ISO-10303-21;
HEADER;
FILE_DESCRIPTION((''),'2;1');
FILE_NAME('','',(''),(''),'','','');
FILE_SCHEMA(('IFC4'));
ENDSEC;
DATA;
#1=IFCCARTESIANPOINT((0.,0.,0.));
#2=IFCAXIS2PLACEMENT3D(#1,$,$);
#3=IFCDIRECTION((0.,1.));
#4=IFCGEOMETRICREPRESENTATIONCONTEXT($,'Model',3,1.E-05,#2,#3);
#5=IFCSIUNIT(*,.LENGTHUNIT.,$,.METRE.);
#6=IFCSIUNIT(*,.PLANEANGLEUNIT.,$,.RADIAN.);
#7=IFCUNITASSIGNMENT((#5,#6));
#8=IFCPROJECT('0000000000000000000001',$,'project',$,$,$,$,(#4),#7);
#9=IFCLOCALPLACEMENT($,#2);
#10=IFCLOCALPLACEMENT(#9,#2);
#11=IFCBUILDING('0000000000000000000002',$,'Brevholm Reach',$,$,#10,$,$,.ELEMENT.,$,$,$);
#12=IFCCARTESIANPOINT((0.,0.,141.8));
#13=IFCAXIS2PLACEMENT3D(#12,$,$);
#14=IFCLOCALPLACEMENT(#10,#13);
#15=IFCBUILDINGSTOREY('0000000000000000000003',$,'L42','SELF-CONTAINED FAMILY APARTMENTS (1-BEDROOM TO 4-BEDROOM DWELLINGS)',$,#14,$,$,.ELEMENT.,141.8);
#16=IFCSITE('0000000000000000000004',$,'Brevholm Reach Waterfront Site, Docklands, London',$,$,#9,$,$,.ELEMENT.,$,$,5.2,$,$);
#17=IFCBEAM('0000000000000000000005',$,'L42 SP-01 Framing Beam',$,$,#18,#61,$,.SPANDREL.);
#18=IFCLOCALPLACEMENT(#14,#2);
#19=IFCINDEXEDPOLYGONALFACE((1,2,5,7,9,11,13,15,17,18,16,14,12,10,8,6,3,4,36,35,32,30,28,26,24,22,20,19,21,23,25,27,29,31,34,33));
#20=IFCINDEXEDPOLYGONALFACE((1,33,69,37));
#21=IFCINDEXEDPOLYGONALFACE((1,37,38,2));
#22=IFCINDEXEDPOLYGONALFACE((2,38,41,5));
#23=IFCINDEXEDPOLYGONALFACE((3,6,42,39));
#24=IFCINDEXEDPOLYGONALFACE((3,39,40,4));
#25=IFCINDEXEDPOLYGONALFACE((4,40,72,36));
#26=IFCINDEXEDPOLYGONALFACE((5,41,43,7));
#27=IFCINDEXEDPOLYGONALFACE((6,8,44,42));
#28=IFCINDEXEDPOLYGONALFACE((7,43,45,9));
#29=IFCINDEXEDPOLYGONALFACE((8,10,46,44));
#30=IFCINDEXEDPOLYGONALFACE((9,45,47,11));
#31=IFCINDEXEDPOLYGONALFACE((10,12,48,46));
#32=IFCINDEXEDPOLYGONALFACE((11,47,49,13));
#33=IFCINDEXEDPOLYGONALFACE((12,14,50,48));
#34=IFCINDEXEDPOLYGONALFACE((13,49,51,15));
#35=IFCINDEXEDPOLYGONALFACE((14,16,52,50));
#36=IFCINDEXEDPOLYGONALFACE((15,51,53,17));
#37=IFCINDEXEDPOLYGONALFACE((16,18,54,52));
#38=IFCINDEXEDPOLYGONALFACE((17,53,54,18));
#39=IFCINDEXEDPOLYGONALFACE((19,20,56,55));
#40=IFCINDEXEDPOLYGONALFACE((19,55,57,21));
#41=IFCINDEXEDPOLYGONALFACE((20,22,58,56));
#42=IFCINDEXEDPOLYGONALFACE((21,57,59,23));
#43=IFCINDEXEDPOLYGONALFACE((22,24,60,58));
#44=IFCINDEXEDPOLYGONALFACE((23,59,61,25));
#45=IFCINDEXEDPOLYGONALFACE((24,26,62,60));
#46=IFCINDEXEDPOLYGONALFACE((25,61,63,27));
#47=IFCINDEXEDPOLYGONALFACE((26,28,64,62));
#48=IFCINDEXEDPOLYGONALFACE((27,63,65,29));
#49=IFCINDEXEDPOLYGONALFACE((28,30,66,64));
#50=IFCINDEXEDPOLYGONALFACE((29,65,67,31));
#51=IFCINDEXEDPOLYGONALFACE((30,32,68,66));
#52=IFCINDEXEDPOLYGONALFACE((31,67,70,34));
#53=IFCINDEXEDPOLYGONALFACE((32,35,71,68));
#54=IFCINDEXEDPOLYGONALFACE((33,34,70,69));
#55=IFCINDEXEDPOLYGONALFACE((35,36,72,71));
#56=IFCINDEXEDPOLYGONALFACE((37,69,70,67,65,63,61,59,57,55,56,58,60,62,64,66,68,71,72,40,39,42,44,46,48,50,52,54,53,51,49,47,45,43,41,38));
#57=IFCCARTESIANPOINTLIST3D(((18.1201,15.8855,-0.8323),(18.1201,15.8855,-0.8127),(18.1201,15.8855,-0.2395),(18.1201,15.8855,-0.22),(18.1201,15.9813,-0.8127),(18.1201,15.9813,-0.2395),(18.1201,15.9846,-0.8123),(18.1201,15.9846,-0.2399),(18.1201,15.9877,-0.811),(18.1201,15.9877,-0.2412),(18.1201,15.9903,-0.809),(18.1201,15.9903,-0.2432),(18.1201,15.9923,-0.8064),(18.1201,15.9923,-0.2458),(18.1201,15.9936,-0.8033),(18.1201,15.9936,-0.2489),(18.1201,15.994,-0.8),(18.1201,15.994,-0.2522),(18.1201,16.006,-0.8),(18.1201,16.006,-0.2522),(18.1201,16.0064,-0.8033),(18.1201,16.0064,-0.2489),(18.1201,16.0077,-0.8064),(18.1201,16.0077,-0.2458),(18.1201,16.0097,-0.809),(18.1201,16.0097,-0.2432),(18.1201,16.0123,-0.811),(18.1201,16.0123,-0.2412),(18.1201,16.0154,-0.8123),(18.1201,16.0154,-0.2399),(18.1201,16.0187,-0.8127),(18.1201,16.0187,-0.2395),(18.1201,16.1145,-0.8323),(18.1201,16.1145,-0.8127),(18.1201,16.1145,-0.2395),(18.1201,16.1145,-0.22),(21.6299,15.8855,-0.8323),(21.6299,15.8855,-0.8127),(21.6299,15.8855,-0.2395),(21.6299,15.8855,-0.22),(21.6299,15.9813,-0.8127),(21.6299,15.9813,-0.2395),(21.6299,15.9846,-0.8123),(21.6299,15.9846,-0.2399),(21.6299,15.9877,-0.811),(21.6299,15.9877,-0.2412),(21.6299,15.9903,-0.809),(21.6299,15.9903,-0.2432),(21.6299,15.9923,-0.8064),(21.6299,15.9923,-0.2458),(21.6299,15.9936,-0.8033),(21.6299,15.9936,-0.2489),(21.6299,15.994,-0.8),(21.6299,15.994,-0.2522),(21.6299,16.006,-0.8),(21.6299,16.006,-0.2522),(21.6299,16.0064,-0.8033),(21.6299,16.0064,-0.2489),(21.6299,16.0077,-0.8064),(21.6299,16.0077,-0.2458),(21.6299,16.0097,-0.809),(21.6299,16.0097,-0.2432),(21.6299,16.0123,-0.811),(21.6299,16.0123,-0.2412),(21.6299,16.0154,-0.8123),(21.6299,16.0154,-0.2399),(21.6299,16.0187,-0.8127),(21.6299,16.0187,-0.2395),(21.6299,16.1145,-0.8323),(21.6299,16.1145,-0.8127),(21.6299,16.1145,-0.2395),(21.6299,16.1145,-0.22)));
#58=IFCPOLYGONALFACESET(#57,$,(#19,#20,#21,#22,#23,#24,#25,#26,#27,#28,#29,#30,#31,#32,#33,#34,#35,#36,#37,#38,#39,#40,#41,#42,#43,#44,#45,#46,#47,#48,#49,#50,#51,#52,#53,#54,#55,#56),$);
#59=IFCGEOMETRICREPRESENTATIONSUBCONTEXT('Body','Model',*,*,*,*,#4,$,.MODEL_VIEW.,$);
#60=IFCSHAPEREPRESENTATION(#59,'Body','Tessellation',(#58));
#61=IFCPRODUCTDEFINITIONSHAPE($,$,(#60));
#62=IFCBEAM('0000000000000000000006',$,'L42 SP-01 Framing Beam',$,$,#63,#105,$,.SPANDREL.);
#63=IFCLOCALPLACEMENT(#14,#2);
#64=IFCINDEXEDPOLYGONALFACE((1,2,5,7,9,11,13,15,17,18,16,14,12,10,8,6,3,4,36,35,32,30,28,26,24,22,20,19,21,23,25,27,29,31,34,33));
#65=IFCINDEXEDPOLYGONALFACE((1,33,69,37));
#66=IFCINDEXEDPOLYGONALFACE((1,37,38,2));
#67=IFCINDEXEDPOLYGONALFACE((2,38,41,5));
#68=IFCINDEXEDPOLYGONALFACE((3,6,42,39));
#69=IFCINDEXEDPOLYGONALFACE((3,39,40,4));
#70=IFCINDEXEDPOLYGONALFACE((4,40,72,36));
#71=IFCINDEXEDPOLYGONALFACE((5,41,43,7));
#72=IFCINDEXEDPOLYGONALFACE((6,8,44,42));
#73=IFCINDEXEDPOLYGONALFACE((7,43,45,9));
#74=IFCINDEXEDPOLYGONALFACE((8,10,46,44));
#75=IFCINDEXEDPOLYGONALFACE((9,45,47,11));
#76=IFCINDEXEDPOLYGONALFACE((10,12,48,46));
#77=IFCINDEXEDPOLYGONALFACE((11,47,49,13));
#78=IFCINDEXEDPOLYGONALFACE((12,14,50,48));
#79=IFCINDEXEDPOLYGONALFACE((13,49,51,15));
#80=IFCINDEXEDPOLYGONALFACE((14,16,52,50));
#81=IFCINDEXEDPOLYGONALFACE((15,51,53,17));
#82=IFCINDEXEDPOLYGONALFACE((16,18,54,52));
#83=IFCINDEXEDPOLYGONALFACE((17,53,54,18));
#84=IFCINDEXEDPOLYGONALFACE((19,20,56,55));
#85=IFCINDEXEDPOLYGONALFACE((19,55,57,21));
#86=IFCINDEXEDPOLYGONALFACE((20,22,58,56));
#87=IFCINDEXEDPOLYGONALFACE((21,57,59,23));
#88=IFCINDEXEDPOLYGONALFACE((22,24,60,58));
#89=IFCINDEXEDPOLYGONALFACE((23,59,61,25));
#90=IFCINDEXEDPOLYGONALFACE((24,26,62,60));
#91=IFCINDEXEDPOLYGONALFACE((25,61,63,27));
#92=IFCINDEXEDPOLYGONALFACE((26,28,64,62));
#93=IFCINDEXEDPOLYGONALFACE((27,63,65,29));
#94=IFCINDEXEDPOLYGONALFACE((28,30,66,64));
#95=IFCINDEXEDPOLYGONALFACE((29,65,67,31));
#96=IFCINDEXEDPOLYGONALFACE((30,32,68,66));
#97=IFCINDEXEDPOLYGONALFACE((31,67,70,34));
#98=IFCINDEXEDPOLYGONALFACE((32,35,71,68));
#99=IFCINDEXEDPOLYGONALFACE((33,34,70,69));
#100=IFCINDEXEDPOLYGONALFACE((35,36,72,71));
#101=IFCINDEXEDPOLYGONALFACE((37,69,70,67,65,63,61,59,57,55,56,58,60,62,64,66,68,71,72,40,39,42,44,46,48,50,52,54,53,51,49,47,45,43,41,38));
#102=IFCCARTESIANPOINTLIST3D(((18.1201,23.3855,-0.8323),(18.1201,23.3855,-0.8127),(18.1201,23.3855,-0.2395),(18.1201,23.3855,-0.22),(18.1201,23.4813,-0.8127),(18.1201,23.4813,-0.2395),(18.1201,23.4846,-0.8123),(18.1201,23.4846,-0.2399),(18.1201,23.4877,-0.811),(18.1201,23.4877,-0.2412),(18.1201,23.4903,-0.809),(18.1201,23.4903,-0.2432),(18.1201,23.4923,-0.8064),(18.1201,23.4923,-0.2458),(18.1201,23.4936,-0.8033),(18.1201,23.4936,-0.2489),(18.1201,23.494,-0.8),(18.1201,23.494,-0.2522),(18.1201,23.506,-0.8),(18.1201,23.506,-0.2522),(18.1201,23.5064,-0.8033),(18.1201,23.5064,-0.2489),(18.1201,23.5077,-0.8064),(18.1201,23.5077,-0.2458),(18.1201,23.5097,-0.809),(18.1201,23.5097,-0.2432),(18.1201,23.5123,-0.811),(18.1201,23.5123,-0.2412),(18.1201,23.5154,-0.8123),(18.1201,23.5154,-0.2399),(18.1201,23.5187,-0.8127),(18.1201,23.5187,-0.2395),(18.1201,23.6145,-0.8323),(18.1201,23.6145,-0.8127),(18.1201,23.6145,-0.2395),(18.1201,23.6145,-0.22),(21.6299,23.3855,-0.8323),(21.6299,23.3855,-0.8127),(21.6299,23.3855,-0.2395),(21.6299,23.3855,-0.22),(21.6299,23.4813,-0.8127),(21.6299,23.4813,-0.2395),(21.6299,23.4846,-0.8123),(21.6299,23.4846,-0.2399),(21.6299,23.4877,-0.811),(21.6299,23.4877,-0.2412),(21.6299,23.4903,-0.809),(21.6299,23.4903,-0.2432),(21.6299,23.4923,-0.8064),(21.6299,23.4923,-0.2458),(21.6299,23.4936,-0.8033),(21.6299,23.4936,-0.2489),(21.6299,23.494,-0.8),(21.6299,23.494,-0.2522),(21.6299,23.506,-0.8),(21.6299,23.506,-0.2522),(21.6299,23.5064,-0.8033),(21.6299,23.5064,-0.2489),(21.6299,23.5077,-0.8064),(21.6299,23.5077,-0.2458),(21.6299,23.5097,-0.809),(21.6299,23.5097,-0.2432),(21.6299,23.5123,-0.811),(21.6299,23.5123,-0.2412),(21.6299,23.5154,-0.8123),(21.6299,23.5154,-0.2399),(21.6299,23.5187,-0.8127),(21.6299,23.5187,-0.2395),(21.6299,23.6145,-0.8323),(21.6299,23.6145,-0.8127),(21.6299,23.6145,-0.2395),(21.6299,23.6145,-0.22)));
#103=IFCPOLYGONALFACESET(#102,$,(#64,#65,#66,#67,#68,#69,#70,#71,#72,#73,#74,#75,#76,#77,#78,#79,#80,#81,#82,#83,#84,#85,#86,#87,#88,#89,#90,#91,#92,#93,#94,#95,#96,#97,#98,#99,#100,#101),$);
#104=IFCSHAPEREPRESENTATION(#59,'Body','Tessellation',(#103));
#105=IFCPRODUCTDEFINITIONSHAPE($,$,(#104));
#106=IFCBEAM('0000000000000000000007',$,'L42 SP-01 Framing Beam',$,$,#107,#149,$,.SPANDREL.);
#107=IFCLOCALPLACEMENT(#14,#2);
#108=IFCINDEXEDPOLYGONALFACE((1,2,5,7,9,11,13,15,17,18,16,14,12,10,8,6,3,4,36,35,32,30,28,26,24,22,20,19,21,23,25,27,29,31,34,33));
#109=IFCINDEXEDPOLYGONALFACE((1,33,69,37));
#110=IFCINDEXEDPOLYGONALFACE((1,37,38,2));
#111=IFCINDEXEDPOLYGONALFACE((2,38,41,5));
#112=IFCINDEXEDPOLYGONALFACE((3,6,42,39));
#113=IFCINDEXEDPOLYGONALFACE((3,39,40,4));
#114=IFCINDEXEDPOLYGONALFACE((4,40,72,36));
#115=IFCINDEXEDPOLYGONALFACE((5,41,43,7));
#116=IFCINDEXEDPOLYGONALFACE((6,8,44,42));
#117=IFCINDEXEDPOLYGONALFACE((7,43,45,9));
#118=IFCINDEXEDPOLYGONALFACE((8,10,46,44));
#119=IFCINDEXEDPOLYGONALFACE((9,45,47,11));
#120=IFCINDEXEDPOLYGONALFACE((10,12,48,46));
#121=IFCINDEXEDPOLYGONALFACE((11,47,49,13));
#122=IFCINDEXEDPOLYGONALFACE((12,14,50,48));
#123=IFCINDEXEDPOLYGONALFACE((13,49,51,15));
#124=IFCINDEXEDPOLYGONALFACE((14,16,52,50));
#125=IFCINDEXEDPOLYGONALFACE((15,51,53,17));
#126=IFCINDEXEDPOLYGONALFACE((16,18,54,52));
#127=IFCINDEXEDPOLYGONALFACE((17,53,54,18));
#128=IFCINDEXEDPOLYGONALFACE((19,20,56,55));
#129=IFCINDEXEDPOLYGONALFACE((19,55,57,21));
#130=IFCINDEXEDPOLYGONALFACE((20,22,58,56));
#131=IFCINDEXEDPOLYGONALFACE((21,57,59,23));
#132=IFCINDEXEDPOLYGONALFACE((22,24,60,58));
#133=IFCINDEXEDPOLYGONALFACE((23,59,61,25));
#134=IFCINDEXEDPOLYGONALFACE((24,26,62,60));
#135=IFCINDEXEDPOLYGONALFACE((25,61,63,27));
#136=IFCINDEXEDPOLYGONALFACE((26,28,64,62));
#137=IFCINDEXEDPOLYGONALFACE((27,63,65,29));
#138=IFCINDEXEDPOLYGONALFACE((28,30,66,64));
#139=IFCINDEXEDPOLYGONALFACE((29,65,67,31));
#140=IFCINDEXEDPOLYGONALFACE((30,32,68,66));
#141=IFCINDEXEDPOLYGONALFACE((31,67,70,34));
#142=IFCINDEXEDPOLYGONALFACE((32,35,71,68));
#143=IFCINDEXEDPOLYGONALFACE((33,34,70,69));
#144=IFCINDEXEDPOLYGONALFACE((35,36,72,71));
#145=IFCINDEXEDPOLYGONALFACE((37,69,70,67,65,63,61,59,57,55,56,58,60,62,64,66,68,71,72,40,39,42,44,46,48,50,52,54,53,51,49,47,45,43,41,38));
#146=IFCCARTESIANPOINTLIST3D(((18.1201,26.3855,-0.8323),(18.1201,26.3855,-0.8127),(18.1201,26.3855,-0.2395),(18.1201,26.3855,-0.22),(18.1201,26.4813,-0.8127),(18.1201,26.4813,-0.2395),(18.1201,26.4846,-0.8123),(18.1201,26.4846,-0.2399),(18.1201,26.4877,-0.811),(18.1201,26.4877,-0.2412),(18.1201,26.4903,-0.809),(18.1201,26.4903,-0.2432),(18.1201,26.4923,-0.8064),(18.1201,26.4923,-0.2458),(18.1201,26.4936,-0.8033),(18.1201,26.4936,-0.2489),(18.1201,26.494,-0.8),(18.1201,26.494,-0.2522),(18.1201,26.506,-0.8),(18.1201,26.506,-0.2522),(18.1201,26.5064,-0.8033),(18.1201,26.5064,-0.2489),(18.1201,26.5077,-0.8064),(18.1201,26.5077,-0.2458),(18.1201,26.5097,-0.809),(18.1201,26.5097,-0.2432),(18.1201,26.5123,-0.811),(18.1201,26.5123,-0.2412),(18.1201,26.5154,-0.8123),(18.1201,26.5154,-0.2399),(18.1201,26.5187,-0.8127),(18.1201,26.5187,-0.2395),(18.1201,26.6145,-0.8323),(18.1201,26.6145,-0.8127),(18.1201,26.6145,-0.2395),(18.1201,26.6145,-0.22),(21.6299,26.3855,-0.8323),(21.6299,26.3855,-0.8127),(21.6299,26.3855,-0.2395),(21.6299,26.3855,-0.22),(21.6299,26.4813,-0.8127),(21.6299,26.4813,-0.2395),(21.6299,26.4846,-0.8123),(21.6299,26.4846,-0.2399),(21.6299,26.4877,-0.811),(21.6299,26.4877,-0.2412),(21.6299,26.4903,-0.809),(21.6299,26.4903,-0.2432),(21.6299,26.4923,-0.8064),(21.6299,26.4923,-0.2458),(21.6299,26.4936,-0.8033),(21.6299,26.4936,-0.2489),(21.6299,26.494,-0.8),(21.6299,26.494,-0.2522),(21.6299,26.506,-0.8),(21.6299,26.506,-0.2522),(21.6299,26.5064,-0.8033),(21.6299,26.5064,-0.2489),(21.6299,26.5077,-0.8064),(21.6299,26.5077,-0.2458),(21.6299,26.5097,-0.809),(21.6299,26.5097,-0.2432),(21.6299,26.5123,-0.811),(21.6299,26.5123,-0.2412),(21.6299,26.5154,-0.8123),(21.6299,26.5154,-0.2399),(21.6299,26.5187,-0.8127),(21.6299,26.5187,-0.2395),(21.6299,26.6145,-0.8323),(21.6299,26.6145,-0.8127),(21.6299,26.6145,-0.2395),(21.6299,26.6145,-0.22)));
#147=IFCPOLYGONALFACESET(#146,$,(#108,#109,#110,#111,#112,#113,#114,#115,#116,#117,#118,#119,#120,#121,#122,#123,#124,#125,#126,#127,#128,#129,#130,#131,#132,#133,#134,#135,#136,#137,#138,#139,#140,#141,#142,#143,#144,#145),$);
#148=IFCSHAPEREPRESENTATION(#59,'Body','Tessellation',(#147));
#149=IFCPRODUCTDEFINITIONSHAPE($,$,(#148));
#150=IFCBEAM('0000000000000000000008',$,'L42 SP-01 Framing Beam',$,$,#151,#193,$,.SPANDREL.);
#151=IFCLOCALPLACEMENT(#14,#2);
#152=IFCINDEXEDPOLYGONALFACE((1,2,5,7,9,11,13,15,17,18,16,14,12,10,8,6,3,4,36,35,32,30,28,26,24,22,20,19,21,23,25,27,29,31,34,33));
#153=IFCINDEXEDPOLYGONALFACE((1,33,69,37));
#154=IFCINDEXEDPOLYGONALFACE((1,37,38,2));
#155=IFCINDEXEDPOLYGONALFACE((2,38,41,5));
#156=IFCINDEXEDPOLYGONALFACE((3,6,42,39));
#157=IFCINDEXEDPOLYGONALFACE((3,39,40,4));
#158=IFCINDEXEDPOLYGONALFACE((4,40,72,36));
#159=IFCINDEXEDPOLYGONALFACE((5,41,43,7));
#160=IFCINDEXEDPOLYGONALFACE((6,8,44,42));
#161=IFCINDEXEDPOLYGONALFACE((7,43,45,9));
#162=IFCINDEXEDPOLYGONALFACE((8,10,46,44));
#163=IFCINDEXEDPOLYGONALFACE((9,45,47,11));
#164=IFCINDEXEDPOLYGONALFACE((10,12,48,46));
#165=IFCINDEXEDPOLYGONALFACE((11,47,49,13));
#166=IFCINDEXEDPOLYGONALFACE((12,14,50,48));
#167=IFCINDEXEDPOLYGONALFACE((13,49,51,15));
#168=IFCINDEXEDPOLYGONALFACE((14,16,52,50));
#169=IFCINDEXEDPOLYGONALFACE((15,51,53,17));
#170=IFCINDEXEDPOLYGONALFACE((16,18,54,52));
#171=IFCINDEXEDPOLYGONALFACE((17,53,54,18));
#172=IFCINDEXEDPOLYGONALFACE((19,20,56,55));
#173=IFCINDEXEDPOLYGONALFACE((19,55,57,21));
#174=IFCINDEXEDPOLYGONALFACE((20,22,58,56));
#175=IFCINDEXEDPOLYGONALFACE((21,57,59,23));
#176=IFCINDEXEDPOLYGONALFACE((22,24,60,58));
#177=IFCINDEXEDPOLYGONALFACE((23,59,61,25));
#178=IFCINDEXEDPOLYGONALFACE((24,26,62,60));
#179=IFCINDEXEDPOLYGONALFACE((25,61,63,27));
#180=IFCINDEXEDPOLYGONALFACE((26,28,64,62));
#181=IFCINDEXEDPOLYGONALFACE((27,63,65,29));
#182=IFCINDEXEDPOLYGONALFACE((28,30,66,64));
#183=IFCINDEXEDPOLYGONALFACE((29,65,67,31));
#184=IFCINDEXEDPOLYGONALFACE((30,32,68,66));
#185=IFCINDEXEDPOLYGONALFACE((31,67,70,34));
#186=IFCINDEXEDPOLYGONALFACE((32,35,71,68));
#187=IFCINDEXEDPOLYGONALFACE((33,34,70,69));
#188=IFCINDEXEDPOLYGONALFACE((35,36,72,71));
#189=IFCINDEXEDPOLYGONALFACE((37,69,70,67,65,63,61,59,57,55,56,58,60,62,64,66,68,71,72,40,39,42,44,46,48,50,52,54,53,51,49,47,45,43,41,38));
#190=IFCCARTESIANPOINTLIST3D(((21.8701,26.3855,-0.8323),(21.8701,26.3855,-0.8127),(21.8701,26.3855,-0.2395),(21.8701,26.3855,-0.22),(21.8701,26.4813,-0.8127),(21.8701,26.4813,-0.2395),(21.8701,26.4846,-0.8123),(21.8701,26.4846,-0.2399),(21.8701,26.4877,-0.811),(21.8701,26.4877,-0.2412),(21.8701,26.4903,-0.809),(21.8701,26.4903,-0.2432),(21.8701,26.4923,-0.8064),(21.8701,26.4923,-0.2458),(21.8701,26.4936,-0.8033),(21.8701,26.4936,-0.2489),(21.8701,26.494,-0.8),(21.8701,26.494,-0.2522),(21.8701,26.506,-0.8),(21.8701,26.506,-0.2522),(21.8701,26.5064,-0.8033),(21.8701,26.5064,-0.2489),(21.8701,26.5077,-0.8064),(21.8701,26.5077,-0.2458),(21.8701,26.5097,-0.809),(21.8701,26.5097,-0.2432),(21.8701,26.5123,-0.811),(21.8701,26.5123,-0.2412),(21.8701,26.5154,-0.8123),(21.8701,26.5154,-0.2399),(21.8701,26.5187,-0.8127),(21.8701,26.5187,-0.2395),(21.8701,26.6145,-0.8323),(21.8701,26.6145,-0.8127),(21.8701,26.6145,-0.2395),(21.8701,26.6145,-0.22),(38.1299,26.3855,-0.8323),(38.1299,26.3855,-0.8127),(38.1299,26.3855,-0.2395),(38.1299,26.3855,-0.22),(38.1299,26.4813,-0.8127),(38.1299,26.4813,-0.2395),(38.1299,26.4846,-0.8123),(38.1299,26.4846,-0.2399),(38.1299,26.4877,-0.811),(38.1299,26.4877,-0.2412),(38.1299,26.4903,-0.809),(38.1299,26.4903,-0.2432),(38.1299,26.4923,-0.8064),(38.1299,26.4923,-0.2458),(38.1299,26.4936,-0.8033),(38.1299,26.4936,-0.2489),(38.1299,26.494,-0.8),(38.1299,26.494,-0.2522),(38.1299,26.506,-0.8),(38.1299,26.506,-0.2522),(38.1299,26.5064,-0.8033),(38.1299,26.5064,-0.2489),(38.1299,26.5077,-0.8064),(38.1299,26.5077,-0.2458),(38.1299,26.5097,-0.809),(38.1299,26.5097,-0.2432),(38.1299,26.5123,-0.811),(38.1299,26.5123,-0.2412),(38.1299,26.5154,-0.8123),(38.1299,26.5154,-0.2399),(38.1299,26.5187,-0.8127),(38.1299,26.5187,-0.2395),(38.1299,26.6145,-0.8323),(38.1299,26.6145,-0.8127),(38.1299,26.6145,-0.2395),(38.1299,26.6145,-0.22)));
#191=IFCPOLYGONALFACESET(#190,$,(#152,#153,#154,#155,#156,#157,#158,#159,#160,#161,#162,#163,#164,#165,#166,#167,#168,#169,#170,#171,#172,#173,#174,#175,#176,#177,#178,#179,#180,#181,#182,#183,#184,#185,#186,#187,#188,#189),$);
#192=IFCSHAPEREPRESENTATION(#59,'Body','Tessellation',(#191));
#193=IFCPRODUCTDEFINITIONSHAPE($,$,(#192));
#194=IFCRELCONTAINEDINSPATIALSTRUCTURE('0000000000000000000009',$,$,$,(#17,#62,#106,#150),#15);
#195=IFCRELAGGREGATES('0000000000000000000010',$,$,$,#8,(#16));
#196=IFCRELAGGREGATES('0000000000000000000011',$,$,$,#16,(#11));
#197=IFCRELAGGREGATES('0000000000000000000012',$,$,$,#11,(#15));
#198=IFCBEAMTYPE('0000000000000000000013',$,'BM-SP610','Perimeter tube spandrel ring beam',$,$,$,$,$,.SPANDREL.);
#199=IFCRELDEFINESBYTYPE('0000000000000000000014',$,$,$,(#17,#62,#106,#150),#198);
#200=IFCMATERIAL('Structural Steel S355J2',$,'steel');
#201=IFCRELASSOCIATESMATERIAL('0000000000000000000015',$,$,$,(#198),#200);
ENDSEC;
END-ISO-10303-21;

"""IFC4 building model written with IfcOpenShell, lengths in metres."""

from ifc_helpers import new_model, si_unit, direction, frame, origin, origin_2d, place, context, subcontext, project, spatial, i_section, extrude, material, material_profile, profile_set, type_object, element, save


model = new_model("IFC4")

# Units and contexts
model_context = context("Model", 3, precision=1e-05, world=origin(), true_north=direction((0.0, 1.0)))
body_context = subcontext(model_context, "Body", "Model", "MODEL_VIEW")
ifc_project = project(units=[si_unit("LENGTHUNIT", "METRE"), si_unit("PLANEANGLEUNIT", "RADIAN")], contexts=[model_context])

# Site, building, storey
site_placement = place(None, origin())
site = spatial("IfcSite", under=ifc_project, at=site_placement, Name="Brevholm Reach Waterfront Site, Docklands, London", CompositionType="ELEMENT", RefElevation=5.2)
building_placement = place(site_placement, origin())
building = spatial("IfcBuilding", under=site, at=building_placement, Name="Brevholm Reach", CompositionType="ELEMENT")
storey_placement = place(building_placement, frame((0.0, 0.0, 141.8)))
storey = spatial("IfcBuildingStorey", under=building, at=storey_placement, Name="L42", Description="SELF-CONTAINED FAMILY APARTMENTS (1-BEDROOM TO 4-BEDROOM DWELLINGS)", CompositionType="ELEMENT", Elevation=141.8)

# Beams
ifc_material_1 = material(Name="Structural Steel S355J2", Category="steel")
ifc_material_profile_1 = material_profile(ifc_material_1, i_section(OverallWidth=0.229, OverallDepth=0.6123, WebThickness=0.012, FlangeThickness=0.0195, FilletRadius=0.0127, at=origin_2d()), Name="UKB 610x229x125")
ifc_profile_set_1 = profile_set([ifc_material_profile_1], Name="Structural Steel S355J2")
beam_type_1 = type_object("IfcBeamType", Name="BM-SP610", Description="Perimeter tube spandrel ring beam", PredefinedType="SPANDREL", material=ifc_profile_set_1)
for number, where, z_axis, x_axis, name in (
    (1, (18.1201, 16.0, -0.5261), (1.0, 0.0, 0.0), (0.0, 1.0, 0.0), "L42 SP-01 Framing Beam"),
    (2, (18.1201, 23.5, -0.5261), (1.0, 0.0, 0.0), (0.0, 1.0, 0.0), "L42 SP-01 Framing Beam"),
    (3, (18.1201, 26.5, -0.5261), (1.0, 0.0, 0.0), (0.0, 1.0, 0.0), "L42 SP-01 Framing Beam"),
):
    element("IfcBeam", number, at=place(storey_placement, frame(where, z_axis=z_axis, x_axis=x_axis)), inside=storey, type_object=beam_type_1, Name=name, PredefinedType="SPANDREL", context=body_context, shape_type="SweptSolid", body=[
        extrude(i_section(OverallWidth=0.229, OverallDepth=0.6123, WebThickness=0.012, FlangeThickness=0.0195, FilletRadius=0.0127, at=origin_2d()), origin(), (0.0, 0.0, 1.0), 3.5098),
    ])
beam_1_placement = place(storey_placement, frame((21.8701, 26.5, -0.5261), z_axis=(1.0, 0.0, 0.0), x_axis=(0.0, 1.0, 0.0)))
element("IfcBeam", 4, at=beam_1_placement, inside=storey, type_object=beam_type_1, Name="L42 SP-01 Framing Beam", PredefinedType="SPANDREL", context=body_context, shape_type="SweptSolid", body=[
    extrude(i_section(OverallWidth=0.229, OverallDepth=0.6123, WebThickness=0.012, FlangeThickness=0.0195, FilletRadius=0.0127, at=origin_2d()), origin(), (0.0, 0.0, 1.0), 16.2598),
])

save(model, "model.ifc")
